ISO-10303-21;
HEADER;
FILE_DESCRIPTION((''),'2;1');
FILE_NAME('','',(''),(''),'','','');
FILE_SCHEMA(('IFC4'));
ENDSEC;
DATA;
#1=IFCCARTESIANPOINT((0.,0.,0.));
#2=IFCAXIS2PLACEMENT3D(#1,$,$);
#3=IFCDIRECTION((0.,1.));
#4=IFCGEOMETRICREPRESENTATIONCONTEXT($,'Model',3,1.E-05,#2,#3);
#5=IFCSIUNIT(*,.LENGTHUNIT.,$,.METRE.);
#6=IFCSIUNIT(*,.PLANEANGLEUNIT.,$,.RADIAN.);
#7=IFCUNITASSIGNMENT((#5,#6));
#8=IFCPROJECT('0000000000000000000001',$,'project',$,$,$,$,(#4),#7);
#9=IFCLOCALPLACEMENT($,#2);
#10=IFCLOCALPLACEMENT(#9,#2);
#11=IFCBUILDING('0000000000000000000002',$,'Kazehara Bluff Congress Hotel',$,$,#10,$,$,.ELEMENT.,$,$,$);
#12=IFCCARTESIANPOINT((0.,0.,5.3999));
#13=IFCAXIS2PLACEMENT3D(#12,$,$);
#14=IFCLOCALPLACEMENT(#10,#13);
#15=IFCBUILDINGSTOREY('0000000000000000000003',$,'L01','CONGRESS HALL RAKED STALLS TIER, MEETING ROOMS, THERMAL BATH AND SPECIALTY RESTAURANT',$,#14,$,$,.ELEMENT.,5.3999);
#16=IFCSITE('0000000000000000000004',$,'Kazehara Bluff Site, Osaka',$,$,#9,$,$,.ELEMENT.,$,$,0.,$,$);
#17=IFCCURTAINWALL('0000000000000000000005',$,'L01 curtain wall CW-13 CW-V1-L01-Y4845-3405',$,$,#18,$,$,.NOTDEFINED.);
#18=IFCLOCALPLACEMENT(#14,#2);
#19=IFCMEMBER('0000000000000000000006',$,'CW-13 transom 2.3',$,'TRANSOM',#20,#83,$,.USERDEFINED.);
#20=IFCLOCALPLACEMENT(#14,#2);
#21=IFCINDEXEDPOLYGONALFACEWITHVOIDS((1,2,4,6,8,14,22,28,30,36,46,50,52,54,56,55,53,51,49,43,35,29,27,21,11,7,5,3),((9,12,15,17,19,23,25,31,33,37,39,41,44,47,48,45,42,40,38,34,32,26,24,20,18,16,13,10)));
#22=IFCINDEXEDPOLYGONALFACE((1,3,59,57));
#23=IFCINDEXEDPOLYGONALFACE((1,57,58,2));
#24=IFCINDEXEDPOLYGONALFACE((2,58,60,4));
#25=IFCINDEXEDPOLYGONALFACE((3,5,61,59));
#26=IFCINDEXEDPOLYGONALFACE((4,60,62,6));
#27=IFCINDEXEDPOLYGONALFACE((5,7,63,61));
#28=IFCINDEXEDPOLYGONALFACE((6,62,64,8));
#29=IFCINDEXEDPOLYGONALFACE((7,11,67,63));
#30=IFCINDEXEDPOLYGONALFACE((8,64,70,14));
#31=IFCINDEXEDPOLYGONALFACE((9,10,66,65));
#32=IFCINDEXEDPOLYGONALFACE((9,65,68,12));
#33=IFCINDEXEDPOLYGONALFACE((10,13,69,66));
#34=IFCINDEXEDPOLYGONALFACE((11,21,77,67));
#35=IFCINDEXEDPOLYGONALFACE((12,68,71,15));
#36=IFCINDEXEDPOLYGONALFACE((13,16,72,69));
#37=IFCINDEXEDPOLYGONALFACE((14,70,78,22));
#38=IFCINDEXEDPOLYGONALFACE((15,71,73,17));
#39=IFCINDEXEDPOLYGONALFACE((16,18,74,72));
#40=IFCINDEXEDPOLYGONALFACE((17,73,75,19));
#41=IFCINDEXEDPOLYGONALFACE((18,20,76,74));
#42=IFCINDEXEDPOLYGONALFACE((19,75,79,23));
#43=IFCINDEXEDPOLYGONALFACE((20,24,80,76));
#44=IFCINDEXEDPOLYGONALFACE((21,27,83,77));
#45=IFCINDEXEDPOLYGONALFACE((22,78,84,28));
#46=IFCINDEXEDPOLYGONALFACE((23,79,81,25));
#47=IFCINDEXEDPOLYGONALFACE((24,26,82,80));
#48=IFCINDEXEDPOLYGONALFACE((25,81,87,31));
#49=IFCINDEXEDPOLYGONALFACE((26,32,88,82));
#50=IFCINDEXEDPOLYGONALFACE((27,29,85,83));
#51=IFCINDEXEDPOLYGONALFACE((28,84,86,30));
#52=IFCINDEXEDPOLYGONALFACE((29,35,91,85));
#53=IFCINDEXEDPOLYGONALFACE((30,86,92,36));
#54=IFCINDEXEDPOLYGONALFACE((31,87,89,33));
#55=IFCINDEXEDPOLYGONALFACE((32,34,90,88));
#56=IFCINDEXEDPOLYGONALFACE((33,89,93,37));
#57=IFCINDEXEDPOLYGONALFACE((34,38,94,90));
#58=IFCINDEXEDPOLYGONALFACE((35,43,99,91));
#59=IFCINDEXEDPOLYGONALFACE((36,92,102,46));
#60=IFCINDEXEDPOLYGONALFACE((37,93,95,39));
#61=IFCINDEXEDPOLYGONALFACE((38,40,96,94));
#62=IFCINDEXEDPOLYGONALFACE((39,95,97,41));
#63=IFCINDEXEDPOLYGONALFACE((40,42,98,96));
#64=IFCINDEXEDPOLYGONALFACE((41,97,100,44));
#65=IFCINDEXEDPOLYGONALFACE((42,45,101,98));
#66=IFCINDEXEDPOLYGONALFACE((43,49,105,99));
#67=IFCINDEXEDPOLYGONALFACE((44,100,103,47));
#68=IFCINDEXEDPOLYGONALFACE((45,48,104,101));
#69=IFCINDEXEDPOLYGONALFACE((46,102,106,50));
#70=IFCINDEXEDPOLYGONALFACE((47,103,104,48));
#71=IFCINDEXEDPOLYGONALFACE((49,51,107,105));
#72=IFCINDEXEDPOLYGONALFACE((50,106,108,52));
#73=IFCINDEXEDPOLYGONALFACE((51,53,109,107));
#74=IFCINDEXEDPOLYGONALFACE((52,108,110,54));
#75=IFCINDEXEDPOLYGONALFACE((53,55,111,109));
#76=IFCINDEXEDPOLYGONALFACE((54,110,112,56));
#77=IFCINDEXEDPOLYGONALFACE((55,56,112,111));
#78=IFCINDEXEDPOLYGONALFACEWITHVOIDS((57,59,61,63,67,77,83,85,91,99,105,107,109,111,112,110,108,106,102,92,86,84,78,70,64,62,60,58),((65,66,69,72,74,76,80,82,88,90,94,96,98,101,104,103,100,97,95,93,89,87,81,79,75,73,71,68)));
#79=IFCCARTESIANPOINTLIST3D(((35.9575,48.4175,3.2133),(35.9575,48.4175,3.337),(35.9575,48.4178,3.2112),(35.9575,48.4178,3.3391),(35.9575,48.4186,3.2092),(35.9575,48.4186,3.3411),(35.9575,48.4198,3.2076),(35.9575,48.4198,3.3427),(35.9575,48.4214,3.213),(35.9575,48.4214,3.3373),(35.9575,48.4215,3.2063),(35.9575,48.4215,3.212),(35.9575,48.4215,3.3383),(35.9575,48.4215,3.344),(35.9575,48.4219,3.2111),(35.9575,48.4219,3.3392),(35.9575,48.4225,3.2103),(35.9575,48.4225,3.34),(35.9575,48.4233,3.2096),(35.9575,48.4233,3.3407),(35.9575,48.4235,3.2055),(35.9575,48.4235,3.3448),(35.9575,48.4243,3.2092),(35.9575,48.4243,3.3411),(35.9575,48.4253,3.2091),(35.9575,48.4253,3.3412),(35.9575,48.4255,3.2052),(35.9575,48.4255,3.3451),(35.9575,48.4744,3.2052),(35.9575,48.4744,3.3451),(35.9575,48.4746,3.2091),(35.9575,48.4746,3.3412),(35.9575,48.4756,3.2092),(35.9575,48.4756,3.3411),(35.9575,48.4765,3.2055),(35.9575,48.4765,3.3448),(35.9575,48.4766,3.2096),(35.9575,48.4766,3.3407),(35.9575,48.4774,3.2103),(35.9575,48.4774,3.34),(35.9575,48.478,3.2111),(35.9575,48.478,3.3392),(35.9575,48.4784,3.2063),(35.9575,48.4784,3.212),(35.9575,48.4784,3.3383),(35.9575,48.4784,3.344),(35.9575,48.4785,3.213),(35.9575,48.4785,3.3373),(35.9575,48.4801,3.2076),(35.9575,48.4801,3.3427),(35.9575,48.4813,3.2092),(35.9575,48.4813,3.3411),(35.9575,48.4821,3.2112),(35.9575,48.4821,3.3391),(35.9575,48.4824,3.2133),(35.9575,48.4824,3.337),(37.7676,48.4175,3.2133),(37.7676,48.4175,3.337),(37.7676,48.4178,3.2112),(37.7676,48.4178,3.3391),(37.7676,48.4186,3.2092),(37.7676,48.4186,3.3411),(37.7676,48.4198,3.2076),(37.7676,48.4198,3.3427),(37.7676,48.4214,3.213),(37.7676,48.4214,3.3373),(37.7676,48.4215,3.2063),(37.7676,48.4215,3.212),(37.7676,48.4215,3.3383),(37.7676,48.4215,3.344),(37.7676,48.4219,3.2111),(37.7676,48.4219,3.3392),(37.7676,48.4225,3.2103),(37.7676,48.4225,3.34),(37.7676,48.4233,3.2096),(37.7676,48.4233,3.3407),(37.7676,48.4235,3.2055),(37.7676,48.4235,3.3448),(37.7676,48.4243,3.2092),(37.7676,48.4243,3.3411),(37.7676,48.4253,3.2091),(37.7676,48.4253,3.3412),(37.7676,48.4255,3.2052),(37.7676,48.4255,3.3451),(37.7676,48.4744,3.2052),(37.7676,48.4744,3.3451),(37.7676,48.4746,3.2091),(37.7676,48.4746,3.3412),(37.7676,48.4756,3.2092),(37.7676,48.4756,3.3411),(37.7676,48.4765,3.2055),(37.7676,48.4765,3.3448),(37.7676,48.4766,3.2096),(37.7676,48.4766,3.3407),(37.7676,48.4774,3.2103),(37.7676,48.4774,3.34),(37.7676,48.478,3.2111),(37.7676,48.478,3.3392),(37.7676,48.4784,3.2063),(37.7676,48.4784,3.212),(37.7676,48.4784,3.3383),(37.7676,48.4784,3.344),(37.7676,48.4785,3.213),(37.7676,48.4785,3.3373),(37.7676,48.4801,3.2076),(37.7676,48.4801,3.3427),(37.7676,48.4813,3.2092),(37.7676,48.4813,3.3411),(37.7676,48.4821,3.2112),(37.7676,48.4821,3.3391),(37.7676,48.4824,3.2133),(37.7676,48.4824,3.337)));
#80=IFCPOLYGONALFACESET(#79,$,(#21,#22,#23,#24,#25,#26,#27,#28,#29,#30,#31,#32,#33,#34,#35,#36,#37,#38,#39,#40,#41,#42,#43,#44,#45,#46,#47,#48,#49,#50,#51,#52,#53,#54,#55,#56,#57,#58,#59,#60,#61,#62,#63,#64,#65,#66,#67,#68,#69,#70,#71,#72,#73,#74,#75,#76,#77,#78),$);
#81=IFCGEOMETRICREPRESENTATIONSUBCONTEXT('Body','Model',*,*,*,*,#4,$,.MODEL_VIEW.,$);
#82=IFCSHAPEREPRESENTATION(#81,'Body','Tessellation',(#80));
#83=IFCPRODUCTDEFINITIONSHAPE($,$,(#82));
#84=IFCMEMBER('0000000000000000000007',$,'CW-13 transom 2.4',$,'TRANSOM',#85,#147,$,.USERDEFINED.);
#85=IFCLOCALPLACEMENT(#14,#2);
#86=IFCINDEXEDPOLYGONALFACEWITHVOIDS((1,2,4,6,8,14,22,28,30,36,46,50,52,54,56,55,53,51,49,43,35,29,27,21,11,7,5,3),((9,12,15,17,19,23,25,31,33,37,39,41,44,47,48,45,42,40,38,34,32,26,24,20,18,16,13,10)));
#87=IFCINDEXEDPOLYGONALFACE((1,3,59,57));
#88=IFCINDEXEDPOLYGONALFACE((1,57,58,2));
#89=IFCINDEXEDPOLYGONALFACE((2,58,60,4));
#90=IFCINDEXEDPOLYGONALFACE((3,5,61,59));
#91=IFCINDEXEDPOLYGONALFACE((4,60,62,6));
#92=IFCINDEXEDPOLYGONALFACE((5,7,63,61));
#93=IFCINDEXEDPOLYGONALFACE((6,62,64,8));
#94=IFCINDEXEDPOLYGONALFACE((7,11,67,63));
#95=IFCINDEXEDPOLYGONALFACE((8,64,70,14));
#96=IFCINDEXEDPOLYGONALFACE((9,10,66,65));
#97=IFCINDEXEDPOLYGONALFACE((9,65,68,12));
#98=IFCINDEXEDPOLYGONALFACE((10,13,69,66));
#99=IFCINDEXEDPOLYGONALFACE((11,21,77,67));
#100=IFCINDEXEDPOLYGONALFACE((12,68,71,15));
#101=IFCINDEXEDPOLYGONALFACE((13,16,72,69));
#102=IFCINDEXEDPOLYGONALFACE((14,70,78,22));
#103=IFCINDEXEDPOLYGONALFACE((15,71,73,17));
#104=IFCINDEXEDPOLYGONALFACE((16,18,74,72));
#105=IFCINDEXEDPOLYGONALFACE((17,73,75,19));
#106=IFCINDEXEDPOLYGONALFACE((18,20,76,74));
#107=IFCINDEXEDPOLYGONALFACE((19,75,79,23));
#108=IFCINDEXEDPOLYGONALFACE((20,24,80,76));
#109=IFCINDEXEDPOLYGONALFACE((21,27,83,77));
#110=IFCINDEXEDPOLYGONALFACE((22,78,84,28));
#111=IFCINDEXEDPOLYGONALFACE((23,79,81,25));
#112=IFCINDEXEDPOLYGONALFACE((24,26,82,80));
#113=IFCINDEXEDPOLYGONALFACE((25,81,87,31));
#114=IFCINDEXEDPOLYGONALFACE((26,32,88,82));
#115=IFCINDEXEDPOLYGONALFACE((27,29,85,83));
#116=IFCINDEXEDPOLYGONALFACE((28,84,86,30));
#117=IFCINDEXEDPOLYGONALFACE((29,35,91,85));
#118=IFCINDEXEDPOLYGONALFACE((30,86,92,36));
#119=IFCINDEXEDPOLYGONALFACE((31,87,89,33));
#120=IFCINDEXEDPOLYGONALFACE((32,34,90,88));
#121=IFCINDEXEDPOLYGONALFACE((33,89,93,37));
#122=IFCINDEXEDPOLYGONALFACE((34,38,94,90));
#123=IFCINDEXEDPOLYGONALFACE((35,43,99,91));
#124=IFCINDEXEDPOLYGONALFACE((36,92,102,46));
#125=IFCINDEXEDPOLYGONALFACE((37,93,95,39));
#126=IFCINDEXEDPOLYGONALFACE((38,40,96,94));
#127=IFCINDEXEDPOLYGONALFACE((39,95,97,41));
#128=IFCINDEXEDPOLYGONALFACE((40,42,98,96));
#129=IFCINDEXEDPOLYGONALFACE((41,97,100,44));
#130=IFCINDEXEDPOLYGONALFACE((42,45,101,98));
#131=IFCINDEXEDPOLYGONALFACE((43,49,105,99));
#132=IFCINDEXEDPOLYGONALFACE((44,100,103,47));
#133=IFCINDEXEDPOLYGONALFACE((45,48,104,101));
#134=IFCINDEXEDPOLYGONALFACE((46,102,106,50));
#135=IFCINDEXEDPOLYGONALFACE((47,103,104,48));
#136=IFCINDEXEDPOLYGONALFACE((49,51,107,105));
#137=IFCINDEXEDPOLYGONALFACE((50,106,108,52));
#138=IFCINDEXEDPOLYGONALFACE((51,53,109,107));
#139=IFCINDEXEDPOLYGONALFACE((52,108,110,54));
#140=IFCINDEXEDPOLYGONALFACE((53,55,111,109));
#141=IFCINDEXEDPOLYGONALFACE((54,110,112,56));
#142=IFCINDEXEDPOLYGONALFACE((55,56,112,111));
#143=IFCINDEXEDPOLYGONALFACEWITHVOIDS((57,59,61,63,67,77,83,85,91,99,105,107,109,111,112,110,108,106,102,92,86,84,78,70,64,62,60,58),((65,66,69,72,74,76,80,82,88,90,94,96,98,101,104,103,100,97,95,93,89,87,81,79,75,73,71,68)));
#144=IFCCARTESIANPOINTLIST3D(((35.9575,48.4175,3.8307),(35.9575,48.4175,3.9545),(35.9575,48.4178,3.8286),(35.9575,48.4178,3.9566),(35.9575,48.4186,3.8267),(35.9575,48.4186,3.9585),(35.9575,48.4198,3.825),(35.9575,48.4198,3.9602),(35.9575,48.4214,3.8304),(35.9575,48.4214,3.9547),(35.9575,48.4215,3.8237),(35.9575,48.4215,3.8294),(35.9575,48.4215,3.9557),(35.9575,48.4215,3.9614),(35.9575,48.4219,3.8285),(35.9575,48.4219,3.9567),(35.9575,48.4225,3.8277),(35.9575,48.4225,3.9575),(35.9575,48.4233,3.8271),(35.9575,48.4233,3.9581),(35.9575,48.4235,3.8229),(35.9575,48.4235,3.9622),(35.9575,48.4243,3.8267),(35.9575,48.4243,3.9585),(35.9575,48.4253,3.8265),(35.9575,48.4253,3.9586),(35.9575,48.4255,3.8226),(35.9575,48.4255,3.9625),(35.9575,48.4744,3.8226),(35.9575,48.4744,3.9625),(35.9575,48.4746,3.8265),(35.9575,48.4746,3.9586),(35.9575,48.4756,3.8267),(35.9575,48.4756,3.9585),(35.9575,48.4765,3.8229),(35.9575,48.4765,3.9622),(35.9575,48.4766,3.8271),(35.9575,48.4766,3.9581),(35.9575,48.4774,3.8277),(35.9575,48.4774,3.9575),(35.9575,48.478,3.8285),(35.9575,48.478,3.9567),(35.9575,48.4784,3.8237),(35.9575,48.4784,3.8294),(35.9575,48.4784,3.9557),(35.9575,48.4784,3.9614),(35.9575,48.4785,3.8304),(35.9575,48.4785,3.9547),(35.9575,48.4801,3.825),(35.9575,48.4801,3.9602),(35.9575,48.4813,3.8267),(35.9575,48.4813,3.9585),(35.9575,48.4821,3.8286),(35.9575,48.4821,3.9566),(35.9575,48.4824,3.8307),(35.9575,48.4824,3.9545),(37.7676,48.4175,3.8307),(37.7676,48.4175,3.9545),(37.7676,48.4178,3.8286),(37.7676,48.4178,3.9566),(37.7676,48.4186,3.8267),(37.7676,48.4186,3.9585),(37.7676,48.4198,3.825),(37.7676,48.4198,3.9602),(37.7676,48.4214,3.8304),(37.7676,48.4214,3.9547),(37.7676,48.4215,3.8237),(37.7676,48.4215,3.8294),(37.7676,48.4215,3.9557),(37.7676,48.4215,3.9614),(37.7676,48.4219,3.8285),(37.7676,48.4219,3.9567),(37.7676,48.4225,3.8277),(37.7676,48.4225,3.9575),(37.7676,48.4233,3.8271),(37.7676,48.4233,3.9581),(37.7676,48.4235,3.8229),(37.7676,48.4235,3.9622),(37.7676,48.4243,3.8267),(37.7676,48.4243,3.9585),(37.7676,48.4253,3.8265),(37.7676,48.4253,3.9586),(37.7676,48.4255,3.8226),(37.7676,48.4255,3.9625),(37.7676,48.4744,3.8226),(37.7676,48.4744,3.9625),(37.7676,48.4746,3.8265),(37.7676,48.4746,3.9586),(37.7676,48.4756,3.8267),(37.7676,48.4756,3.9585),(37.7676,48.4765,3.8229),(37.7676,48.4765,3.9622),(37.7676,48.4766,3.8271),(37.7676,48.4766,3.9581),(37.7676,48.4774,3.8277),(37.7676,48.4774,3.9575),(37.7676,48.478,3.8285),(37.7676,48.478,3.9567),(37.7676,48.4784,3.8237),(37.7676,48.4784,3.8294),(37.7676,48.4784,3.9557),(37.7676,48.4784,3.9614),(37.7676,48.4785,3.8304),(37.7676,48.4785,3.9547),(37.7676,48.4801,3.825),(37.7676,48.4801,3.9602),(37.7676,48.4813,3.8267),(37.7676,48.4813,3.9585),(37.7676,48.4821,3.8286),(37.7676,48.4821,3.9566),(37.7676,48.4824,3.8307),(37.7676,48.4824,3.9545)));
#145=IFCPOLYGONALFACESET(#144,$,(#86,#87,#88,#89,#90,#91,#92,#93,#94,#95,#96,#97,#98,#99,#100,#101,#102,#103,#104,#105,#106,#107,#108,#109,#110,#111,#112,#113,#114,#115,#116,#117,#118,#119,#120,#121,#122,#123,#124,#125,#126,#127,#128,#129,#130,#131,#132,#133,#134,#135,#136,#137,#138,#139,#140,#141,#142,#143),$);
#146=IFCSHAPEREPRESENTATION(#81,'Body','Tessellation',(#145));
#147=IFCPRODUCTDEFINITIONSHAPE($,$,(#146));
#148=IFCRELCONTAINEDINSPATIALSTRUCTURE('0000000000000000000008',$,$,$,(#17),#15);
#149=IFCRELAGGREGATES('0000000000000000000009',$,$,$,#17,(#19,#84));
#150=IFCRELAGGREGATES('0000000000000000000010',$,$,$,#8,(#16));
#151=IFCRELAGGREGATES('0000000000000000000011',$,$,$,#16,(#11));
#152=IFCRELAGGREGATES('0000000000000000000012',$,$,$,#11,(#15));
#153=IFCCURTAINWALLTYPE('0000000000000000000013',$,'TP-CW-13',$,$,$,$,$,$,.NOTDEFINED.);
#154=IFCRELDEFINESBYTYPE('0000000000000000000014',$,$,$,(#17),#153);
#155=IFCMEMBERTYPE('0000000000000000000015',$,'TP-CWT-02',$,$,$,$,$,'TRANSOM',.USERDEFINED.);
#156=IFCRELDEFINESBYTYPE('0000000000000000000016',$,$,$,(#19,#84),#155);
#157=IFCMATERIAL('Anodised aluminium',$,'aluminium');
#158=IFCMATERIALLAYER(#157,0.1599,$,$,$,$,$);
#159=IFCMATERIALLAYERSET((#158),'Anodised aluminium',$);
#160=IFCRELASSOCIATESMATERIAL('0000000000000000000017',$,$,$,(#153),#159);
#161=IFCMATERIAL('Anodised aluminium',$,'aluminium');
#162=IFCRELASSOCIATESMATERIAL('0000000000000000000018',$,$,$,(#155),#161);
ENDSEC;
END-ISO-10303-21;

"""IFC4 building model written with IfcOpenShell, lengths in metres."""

from ifc_helpers import new_model, si_unit, direction, frame, origin, origin_2d, place, context, subcontext, project, spatial, hollow_rectangle, extrude, material, layer, layer_set, material_profile, profile_set, type_object, element, aggregate, save


model = new_model("IFC4")

# Units and contexts
model_context = context("Model", 3, precision=1e-05, world=origin(), true_north=direction((0.0, 1.0)))
body_context = subcontext(model_context, "Body", "Model", "MODEL_VIEW")
ifc_project = project(units=[si_unit("LENGTHUNIT", "METRE"), si_unit("PLANEANGLEUNIT", "RADIAN")], contexts=[model_context])

# Site, building, storey
site_placement = place(None, origin())
site = spatial("IfcSite", under=ifc_project, at=site_placement, Name="Kazehara Bluff Site, Osaka", CompositionType="ELEMENT", RefElevation=0.0)
building_placement = place(site_placement, origin())
building = spatial("IfcBuilding", under=site, at=building_placement, Name="Kazehara Bluff Congress Hotel", CompositionType="ELEMENT")
storey_placement = place(building_placement, frame((0.0, 0.0, 5.3999)))
storey = spatial("IfcBuildingStorey", under=building, at=storey_placement, Name="L01", Description="CONGRESS HALL RAKED STALLS TIER, MEETING ROOMS, THERMAL BATH AND SPECIALTY RESTAURANT", CompositionType="ELEMENT", Elevation=5.3999)

# Curtain wall
ifc_material_1 = material(Name="Anodised aluminium", Category="aluminium")
ifc_layer_1 = layer(ifc_material_1, 0.1599)
ifc_layer_set_1 = layer_set([ifc_layer_1], Name="Anodised aluminium")
curtain_wall_type = type_object("IfcCurtainWallType", Name="TP-CW-13", PredefinedType="NOTDEFINED", material=ifc_layer_set_1)
curtain_wall_1_placement = place(storey_placement, origin())
curtain_wall_1 = element("IfcCurtainWall", 1, at=curtain_wall_1_placement, inside=storey, type_object=curtain_wall_type, Name="L01 curtain wall CW-13 CW-V1-L01-Y4845-3405", PredefinedType="NOTDEFINED")

# Members
ifc_material_2 = material(Name="Anodised aluminium", Category="aluminium")
ifc_material_profile_1 = material_profile(ifc_material_2, hollow_rectangle(XDim=0.0649, YDim=0.1399, WallThickness=0.0039, InnerFilletRadius=0.0039, OuterFilletRadius=0.0081, at=origin_2d()))
ifc_profile_set_1 = profile_set([ifc_material_profile_1], Name="Anodised aluminium")
member_type_1 = type_object("IfcMemberType", Name="TP-CWT-02", ElementType="TRANSOM", PredefinedType="USERDEFINED", material=ifc_profile_set_1)
member_1_placement = place(storey_placement, frame((35.9575, 48.45, 3.2751), z_axis=(1.0, 0.0, 0.0), x_axis=(0.0, 1.0, 0.0)))
member_1 = element("IfcMember", 2, at=member_1_placement, type_object=member_type_1, Name="CW-13 transom 2.3", ObjectType="TRANSOM", PredefinedType="USERDEFINED", context=body_context, shape_type="SweptSolid", body=[
    extrude(hollow_rectangle(XDim=0.0649, YDim=0.1399, WallThickness=0.0039, InnerFilletRadius=0.0039, OuterFilletRadius=0.0081, at=origin_2d()), origin(), (0.0, 0.0, 1.0), 1.8101),
])
member_2_placement = place(storey_placement, frame((35.9575, 48.45, 3.8926), z_axis=(1.0, 0.0, 0.0), x_axis=(0.0, 1.0, 0.0)))
member_2 = element("IfcMember", 3, at=member_2_placement, type_object=member_type_1, Name="CW-13 transom 2.4", ObjectType="TRANSOM", PredefinedType="USERDEFINED", context=body_context, shape_type="SweptSolid", body=[
    extrude(hollow_rectangle(XDim=0.0649, YDim=0.1399, WallThickness=0.0039, InnerFilletRadius=0.0039, OuterFilletRadius=0.0081, at=origin_2d()), origin(), (0.0, 0.0, 1.0), 1.8101),
])

aggregate(curtain_wall_1, [member_1, member_2])

save(model, "model.ifc")
